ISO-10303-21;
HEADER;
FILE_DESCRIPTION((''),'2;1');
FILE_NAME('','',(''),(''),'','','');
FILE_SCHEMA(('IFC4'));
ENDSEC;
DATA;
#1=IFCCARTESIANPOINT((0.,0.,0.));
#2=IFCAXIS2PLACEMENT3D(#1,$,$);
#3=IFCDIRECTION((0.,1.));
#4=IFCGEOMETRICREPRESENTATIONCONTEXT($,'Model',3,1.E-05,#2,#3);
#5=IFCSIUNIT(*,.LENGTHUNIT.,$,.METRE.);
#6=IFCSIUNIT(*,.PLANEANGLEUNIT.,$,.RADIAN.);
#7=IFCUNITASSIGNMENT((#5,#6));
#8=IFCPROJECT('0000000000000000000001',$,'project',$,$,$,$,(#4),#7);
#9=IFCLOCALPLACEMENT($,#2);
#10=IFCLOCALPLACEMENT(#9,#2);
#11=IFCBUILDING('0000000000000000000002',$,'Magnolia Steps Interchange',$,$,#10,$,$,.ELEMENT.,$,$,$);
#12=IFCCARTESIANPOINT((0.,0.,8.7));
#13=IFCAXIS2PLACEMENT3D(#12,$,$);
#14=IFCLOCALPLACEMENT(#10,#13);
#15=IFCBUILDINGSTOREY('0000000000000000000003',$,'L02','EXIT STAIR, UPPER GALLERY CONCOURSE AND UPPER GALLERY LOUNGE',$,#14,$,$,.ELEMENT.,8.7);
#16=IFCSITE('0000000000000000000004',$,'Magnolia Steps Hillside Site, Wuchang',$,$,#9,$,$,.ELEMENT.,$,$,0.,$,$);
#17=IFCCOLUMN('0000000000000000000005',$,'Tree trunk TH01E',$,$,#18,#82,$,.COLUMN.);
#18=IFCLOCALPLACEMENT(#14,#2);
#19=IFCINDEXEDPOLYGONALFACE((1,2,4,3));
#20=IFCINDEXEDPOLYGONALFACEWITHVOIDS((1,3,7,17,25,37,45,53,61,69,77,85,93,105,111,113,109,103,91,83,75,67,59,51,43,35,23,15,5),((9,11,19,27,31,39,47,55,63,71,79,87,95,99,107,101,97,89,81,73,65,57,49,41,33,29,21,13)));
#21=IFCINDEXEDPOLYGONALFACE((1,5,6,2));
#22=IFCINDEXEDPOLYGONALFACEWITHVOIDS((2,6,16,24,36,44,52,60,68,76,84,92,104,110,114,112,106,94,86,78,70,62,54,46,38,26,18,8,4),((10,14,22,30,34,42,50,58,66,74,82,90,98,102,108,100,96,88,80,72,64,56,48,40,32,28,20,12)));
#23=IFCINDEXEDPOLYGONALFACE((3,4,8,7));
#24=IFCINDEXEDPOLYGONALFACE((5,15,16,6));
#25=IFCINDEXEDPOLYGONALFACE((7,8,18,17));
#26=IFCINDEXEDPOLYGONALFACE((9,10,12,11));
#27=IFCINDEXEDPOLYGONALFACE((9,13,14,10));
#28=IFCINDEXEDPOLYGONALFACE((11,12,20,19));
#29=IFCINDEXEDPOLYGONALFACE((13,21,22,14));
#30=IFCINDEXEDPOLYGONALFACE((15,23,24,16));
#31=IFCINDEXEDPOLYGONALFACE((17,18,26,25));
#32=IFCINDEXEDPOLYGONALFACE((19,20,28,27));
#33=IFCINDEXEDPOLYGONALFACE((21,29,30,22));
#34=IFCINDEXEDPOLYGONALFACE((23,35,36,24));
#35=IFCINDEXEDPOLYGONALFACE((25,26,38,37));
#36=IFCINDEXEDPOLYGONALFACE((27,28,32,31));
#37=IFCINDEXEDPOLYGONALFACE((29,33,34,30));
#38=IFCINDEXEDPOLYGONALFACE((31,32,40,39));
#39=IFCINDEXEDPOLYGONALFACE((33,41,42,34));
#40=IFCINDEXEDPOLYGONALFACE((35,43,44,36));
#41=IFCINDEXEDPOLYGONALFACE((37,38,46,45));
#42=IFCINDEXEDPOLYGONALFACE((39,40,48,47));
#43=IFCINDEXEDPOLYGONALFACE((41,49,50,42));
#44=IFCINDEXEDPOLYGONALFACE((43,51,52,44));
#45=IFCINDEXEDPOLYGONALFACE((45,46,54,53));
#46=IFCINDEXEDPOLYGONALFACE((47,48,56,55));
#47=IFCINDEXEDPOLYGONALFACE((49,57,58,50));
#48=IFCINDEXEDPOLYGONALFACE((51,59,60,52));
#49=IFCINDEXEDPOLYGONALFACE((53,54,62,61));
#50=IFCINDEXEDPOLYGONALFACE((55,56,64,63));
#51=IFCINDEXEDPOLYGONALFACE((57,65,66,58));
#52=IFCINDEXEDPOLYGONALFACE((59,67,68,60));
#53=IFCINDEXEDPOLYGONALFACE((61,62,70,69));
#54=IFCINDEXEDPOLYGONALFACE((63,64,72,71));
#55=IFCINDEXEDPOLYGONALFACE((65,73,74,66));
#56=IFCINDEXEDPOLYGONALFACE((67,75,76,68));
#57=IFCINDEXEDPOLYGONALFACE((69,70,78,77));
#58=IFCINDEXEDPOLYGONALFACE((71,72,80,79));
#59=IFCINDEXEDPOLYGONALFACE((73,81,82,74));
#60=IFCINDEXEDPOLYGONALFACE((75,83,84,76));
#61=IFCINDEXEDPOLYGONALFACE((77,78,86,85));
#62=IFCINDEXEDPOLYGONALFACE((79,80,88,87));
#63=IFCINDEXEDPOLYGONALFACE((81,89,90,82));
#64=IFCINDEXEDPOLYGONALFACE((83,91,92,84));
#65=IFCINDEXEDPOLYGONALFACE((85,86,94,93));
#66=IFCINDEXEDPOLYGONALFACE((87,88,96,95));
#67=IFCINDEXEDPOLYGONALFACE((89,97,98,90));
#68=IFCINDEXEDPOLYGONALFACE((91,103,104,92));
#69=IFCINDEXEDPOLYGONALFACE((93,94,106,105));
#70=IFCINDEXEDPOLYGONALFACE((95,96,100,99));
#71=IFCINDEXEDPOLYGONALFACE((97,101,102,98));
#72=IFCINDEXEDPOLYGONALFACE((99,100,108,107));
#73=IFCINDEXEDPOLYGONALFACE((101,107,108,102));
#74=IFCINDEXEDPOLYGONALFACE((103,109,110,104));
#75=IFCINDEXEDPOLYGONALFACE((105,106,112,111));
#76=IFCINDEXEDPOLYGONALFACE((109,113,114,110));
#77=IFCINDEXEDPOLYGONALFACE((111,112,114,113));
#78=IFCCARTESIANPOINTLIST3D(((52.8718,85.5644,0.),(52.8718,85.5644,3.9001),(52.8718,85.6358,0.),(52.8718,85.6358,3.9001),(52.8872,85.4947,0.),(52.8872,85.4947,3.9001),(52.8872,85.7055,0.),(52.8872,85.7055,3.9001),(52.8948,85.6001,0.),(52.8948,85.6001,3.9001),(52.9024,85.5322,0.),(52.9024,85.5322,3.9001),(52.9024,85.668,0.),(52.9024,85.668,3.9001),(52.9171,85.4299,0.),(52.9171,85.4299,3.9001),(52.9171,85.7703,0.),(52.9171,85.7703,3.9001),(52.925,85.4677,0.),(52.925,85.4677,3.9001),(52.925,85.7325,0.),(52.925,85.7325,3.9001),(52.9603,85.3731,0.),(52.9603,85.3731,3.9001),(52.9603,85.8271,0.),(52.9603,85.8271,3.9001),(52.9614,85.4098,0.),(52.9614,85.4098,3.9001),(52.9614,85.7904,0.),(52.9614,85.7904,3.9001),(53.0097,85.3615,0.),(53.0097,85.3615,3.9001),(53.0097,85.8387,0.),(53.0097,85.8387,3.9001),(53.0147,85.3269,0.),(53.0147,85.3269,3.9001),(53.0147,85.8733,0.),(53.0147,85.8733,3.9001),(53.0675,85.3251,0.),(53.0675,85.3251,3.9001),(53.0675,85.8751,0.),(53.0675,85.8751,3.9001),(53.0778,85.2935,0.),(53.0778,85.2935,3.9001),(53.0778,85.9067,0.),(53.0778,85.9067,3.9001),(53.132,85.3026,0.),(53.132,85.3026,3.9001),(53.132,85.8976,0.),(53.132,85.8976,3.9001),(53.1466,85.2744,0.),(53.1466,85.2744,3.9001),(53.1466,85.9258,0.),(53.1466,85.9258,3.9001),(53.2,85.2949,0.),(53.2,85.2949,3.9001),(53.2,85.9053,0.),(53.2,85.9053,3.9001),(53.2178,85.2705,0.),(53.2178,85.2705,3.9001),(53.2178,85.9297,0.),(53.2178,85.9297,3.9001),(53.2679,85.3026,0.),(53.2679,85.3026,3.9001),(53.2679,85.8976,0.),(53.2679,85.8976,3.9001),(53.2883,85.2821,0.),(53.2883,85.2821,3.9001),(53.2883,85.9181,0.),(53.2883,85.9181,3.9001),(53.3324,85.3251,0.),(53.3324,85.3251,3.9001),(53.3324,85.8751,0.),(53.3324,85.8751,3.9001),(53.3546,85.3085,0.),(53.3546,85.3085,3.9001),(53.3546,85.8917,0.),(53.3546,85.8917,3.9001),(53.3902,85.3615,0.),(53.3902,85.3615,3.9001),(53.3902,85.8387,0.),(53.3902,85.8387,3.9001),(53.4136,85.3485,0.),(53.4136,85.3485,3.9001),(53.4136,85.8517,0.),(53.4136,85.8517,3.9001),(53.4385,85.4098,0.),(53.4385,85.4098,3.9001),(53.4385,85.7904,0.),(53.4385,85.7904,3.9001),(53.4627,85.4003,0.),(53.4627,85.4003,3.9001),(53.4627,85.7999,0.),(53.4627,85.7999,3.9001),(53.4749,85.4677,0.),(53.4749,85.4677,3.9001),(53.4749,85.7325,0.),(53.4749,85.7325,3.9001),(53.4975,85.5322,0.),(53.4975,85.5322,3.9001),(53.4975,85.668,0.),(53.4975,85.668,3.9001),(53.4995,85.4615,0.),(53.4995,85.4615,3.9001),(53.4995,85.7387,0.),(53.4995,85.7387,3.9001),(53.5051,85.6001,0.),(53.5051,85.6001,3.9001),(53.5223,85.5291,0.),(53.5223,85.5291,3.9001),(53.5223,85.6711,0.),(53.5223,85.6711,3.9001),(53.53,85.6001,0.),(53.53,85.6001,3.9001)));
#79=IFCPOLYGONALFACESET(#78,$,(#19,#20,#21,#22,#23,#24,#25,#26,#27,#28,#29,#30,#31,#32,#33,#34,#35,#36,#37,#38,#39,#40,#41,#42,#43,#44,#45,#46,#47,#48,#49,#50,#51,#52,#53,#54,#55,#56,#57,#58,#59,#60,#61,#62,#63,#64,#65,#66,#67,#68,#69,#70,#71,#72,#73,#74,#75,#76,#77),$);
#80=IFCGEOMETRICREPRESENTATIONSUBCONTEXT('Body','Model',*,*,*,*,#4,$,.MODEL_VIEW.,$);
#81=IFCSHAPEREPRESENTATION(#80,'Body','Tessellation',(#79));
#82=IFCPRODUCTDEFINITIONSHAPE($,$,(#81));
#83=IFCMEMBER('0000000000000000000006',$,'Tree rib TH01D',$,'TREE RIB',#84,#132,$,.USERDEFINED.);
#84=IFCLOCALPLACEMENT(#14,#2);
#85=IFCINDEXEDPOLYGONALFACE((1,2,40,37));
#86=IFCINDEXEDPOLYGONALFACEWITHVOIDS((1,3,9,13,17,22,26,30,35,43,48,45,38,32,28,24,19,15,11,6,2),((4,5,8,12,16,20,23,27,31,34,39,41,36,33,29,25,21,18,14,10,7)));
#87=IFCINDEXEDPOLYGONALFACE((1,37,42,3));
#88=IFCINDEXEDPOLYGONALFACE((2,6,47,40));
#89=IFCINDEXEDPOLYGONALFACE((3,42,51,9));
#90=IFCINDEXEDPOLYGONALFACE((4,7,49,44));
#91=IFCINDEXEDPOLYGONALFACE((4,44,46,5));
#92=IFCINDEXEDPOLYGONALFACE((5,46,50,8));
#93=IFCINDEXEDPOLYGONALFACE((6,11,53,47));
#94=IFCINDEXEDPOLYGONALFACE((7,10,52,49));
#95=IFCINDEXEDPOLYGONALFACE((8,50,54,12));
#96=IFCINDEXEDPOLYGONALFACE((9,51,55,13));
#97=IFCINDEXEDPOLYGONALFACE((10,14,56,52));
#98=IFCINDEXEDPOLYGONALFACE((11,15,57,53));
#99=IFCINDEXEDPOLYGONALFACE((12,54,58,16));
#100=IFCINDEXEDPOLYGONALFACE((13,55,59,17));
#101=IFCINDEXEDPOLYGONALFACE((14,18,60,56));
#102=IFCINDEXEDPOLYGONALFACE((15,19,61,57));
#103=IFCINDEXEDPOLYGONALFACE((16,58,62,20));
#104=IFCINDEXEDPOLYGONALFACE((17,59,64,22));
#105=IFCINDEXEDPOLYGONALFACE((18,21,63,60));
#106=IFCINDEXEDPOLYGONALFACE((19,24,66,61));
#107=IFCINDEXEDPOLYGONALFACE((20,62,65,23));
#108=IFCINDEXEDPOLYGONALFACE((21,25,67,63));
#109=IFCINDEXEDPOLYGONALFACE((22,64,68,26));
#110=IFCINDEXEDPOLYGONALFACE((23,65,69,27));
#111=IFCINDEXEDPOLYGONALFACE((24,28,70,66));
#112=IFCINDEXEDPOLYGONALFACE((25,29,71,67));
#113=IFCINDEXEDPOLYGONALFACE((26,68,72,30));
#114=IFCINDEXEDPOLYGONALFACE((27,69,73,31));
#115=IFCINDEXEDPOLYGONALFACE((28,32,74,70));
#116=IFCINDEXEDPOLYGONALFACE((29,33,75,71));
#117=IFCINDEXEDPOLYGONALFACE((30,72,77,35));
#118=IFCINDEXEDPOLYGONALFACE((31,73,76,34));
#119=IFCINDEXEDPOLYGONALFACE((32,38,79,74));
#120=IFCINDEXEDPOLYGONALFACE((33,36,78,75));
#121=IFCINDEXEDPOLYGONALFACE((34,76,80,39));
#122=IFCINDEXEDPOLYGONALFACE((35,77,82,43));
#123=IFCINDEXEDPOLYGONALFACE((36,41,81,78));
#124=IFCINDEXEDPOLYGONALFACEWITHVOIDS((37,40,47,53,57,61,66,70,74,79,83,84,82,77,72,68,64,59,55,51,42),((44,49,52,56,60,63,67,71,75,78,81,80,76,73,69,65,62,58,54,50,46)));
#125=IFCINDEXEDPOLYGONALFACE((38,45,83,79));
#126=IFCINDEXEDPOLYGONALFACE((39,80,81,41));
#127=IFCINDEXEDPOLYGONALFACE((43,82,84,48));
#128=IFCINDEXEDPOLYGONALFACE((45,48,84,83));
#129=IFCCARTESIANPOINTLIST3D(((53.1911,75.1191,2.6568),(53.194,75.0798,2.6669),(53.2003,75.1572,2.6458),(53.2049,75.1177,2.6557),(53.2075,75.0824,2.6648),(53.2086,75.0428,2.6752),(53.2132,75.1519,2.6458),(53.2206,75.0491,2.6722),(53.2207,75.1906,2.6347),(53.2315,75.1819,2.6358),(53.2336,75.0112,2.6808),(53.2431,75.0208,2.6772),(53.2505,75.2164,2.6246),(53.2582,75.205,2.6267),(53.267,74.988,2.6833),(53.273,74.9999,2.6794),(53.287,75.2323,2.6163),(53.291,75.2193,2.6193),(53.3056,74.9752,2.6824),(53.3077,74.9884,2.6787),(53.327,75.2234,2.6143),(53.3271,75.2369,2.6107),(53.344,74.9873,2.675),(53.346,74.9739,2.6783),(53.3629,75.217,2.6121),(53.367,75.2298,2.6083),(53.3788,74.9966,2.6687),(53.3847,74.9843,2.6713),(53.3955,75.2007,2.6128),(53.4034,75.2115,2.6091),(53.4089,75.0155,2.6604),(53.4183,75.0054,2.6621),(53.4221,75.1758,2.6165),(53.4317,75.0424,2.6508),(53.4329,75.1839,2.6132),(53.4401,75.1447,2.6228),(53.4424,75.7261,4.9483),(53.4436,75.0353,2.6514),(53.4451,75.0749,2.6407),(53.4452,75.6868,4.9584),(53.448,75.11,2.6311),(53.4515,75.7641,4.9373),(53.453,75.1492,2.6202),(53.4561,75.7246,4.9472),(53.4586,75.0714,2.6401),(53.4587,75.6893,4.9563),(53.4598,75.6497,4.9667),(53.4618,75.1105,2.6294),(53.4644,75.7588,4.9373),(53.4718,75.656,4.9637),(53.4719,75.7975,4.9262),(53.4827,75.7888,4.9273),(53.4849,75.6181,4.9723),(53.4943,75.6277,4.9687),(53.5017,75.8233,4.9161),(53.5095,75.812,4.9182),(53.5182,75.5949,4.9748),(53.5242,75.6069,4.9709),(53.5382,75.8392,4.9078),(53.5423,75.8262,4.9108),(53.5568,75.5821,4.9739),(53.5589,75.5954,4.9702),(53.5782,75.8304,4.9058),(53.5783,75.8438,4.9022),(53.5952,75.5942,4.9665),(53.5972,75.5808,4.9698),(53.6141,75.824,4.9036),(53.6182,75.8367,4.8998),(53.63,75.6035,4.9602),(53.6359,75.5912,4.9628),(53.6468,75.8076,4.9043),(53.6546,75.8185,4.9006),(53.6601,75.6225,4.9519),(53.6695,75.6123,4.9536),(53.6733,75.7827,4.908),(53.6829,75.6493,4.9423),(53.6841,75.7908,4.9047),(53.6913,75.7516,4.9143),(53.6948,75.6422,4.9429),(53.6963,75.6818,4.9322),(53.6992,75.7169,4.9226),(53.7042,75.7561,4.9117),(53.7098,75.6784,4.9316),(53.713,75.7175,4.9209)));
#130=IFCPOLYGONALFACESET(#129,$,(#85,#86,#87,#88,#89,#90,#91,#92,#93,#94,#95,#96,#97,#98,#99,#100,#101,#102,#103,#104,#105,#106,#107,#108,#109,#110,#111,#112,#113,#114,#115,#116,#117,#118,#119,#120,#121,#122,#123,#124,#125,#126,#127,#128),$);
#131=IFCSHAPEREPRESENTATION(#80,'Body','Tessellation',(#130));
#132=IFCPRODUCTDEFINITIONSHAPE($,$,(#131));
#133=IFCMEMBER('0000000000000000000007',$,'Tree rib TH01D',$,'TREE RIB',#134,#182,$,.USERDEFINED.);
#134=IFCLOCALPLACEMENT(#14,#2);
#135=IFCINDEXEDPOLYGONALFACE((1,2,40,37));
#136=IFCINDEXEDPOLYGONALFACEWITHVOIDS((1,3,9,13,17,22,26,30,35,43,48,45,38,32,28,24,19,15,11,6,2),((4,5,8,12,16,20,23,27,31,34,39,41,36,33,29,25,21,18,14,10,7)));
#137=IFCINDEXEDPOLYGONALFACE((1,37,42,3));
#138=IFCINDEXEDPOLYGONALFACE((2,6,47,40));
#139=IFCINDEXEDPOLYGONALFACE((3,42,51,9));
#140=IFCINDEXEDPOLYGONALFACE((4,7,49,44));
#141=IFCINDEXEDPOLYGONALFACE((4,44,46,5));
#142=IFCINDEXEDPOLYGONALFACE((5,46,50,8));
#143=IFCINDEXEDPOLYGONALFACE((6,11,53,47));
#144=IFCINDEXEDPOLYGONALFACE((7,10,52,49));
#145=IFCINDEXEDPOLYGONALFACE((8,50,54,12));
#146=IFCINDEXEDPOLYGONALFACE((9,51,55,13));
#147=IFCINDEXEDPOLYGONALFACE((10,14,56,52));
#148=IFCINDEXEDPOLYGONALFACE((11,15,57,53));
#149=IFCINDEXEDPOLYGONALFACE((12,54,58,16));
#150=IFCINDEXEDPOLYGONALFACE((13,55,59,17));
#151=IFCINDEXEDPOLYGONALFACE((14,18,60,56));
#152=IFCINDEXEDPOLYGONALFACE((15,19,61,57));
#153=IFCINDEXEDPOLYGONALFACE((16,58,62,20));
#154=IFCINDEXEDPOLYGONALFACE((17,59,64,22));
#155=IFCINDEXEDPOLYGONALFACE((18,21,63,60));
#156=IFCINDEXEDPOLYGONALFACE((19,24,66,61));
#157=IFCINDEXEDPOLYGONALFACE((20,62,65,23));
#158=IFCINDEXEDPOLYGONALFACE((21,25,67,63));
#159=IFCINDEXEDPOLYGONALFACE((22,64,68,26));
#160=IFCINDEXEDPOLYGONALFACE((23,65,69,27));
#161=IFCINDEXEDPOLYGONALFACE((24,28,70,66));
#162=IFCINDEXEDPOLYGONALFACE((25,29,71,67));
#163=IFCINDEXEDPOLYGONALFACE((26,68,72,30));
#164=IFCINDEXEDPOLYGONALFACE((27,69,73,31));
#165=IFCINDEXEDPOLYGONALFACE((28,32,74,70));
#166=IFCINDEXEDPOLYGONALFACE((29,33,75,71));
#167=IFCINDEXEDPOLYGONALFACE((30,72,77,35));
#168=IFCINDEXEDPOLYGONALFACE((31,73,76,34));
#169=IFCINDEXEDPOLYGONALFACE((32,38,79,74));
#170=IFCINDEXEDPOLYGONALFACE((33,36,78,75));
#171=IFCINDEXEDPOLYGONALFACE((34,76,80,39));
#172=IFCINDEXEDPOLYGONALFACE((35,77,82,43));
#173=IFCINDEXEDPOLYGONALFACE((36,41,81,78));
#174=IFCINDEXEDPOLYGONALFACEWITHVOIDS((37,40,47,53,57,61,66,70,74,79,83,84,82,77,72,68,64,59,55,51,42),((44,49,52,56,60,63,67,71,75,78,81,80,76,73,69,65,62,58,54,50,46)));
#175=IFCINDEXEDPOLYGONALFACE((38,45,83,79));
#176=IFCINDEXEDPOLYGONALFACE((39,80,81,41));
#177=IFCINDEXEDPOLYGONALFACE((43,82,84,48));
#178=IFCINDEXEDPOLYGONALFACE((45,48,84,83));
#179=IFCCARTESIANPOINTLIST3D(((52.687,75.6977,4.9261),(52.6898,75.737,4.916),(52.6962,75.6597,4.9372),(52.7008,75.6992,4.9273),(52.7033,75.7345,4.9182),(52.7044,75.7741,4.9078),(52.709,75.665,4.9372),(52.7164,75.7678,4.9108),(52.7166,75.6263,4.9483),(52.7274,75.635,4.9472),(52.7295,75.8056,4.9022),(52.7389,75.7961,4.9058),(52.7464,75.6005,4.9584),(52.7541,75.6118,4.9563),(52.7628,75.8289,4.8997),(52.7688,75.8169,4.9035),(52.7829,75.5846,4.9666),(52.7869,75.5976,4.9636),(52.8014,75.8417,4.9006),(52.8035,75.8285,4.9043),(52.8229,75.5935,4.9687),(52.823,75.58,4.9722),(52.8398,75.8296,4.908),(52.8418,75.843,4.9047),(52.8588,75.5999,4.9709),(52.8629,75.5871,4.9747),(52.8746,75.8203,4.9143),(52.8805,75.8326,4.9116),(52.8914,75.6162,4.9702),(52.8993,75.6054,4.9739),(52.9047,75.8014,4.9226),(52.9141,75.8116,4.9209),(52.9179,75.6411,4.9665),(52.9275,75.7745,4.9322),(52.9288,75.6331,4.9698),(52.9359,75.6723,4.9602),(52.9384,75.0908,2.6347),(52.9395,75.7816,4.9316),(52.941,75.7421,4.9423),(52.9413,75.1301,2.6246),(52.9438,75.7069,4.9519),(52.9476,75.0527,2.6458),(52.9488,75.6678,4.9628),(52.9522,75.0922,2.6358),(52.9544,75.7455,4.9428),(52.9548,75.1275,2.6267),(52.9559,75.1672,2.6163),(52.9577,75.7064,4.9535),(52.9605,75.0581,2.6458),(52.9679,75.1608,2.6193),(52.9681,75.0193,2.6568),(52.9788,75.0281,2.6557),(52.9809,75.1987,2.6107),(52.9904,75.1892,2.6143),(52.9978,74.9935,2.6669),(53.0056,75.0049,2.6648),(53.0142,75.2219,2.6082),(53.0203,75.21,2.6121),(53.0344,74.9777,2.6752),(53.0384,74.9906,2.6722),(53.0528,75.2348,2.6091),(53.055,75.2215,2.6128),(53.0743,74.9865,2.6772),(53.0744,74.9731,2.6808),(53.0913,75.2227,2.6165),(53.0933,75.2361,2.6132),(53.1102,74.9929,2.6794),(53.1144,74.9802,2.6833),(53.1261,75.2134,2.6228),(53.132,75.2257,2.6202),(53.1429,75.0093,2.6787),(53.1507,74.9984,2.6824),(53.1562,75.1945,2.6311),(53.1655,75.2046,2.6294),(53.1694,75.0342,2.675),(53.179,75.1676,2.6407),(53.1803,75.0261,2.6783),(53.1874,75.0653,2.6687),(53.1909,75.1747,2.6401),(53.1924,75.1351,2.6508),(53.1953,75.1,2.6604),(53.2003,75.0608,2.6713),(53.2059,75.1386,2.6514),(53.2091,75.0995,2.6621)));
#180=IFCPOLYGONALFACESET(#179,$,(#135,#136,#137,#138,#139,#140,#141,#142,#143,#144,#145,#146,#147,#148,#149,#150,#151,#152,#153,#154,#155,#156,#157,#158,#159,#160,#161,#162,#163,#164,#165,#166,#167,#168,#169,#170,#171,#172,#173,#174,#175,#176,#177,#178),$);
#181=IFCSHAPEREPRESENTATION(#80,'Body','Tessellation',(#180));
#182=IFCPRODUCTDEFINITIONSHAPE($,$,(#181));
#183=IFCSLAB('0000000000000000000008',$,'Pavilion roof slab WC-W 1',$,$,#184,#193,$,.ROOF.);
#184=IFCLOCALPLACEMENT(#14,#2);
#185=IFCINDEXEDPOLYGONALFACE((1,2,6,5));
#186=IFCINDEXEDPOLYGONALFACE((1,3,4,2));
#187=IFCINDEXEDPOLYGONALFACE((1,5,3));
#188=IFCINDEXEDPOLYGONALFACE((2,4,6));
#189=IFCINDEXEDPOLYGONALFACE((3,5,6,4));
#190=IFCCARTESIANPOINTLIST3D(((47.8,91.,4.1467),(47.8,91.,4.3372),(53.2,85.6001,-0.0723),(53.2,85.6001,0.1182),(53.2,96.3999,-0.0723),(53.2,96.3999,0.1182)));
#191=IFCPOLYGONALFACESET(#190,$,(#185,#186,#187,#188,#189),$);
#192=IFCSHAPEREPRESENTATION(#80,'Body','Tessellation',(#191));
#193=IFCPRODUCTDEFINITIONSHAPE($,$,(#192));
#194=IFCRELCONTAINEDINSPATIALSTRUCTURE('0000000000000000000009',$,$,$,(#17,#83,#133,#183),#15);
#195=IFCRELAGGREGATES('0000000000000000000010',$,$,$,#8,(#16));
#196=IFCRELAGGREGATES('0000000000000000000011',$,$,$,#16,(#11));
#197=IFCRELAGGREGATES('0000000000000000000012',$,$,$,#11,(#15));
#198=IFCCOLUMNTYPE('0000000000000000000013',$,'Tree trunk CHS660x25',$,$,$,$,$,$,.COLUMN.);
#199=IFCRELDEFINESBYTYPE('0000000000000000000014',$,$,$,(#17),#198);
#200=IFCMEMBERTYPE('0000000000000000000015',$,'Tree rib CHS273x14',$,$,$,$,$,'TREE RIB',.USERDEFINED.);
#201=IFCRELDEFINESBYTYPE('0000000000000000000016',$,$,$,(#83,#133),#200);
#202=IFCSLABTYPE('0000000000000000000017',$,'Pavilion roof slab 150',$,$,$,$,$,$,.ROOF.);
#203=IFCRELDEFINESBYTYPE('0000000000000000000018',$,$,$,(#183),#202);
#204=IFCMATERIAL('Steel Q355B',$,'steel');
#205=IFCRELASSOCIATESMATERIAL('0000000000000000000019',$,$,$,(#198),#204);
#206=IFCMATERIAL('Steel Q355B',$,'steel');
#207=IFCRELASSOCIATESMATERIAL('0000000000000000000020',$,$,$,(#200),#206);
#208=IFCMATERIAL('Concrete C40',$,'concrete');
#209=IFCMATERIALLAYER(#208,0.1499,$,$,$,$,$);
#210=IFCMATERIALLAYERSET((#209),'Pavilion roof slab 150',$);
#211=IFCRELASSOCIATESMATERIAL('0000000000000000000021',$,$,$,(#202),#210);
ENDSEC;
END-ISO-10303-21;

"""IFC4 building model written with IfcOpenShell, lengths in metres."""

from ifc_helpers import new_model, si_unit, direction, frame, origin, origin_2d, place, context, subcontext, project, spatial, polyline, hollow_circle, outline, extrude, material, layer, layer_set, material_profile, profile_set, type_object, element, save


model = new_model("IFC4")

# Units and contexts
model_context = context("Model", 3, precision=1e-05, world=origin(), true_north=direction((0.0, 1.0)))
body_context = subcontext(model_context, "Body", "Model", "MODEL_VIEW")
ifc_project = project(units=[si_unit("LENGTHUNIT", "METRE"), si_unit("PLANEANGLEUNIT", "RADIAN")], contexts=[model_context])

# Site, building, storey
site_placement = place(None, origin())
site = spatial("IfcSite", under=ifc_project, at=site_placement, Name="Magnolia Steps Hillside Site, Wuchang", CompositionType="ELEMENT", RefElevation=0.0)
building_placement = place(site_placement, origin())
building = spatial("IfcBuilding", under=site, at=building_placement, Name="Magnolia Steps Interchange", CompositionType="ELEMENT")
storey_placement = place(building_placement, frame((0.0, 0.0, 8.7)))
storey = spatial("IfcBuildingStorey", under=building, at=storey_placement, Name="L02", Description="EXIT STAIR, UPPER GALLERY CONCOURSE AND UPPER GALLERY LOUNGE", CompositionType="ELEMENT", Elevation=8.7)

# Column
ifc_material_1 = material(Name="Steel Q355B", Category="steel")
ifc_material_profile_1 = material_profile(ifc_material_1, hollow_circle(Radius=0.3301, WallThickness=0.0249, at=origin_2d()), Name="CHS660x25")
ifc_profile_set_1 = profile_set([ifc_material_profile_1], Name="Steel Q355B")
column_type = type_object("IfcColumnType", Name="Tree trunk CHS660x25", PredefinedType="COLUMN", material=ifc_profile_set_1)
column_placement = place(storey_placement, frame((53.2, 85.6001, 0.0), z_axis=(0.0, 0.0, 1.0), x_axis=(1.0, 0.0, 0.0)))
element("IfcColumn", 1, at=column_placement, inside=storey, type_object=column_type, Name="Tree trunk TH01E", PredefinedType="COLUMN", context=body_context, shape_type="SweptSolid", body=[
    extrude(hollow_circle(Radius=0.3301, WallThickness=0.0249, at=origin_2d()), origin(), (0.0, 0.0, 1.0), 3.9001),
])

# Members
ifc_material_2 = material(Name="Steel Q355B", Category="steel")
ifc_material_profile_2 = material_profile(ifc_material_2, hollow_circle(Radius=0.1365, WallThickness=0.0139, at=origin_2d()), Name="CHS273x14")
ifc_profile_set_2 = profile_set([ifc_material_profile_2], Name="Steel Q355B")
member_type = type_object("IfcMemberType", Name="Tree rib CHS273x14", ElementType="TREE RIB", PredefinedType="USERDEFINED", material=ifc_profile_set_2)
for number, where, z_axis, x_axis, name in (
    (2, (53.3264, 75.105, 2.6458), (0.105387, 0.254608, 0.961285), (-0.923976, 0.38245, 0.0), "Tree rib TH01D"),
    (3, (53.0737, 75.105, 2.6458), (-0.105488, 0.254606, 0.961274), (-0.923845, -0.382768, 0.0), "Tree rib TH01D"),
):
    element("IfcMember", number, at=place(storey_placement, frame(where, z_axis=z_axis, x_axis=x_axis)), inside=storey, type_object=member_type, Name=name, ObjectType="TREE RIB", PredefinedType="USERDEFINED", context=body_context, shape_type="SweptSolid", body=[
        extrude(hollow_circle(Radius=0.1365, WallThickness=0.0139, at=origin_2d()), origin(), (0.0, 0.0, 1.0), 2.3838),
    ])

# Slab
ifc_material_3 = material(Name="Concrete C40", Category="concrete")
ifc_layer_1 = layer(ifc_material_3, 0.1499)
ifc_layer_set_1 = layer_set([ifc_layer_1], Name="Pavilion roof slab 150")
slab_type = type_object("IfcSlabType", Name="Pavilion roof slab 150", PredefinedType="ROOF", material=ifc_layer_set_1)
slab_1_placement = place(storey_placement, frame((53.2, 85.6001, 0.1182), z_axis=(0.615673, 0.0, 0.788002), x_axis=(0.0, 1.0, 0.0)))
element("IfcSlab", 4, at=slab_1_placement, inside=storey, type_object=slab_type, Name="Pavilion roof slab WC-W 1", PredefinedType="ROOF", context=body_context, shape_type="SweptSolid", body=[
    extrude(outline(polyline([(0.0, 0.0), (10.7998, 0.0), (5.3999, 6.8527), (0.0, 0.0)])), origin(), (0.0, -0.615673, -0.788002), 0.1904),
])

save(model, "model.ifc")
